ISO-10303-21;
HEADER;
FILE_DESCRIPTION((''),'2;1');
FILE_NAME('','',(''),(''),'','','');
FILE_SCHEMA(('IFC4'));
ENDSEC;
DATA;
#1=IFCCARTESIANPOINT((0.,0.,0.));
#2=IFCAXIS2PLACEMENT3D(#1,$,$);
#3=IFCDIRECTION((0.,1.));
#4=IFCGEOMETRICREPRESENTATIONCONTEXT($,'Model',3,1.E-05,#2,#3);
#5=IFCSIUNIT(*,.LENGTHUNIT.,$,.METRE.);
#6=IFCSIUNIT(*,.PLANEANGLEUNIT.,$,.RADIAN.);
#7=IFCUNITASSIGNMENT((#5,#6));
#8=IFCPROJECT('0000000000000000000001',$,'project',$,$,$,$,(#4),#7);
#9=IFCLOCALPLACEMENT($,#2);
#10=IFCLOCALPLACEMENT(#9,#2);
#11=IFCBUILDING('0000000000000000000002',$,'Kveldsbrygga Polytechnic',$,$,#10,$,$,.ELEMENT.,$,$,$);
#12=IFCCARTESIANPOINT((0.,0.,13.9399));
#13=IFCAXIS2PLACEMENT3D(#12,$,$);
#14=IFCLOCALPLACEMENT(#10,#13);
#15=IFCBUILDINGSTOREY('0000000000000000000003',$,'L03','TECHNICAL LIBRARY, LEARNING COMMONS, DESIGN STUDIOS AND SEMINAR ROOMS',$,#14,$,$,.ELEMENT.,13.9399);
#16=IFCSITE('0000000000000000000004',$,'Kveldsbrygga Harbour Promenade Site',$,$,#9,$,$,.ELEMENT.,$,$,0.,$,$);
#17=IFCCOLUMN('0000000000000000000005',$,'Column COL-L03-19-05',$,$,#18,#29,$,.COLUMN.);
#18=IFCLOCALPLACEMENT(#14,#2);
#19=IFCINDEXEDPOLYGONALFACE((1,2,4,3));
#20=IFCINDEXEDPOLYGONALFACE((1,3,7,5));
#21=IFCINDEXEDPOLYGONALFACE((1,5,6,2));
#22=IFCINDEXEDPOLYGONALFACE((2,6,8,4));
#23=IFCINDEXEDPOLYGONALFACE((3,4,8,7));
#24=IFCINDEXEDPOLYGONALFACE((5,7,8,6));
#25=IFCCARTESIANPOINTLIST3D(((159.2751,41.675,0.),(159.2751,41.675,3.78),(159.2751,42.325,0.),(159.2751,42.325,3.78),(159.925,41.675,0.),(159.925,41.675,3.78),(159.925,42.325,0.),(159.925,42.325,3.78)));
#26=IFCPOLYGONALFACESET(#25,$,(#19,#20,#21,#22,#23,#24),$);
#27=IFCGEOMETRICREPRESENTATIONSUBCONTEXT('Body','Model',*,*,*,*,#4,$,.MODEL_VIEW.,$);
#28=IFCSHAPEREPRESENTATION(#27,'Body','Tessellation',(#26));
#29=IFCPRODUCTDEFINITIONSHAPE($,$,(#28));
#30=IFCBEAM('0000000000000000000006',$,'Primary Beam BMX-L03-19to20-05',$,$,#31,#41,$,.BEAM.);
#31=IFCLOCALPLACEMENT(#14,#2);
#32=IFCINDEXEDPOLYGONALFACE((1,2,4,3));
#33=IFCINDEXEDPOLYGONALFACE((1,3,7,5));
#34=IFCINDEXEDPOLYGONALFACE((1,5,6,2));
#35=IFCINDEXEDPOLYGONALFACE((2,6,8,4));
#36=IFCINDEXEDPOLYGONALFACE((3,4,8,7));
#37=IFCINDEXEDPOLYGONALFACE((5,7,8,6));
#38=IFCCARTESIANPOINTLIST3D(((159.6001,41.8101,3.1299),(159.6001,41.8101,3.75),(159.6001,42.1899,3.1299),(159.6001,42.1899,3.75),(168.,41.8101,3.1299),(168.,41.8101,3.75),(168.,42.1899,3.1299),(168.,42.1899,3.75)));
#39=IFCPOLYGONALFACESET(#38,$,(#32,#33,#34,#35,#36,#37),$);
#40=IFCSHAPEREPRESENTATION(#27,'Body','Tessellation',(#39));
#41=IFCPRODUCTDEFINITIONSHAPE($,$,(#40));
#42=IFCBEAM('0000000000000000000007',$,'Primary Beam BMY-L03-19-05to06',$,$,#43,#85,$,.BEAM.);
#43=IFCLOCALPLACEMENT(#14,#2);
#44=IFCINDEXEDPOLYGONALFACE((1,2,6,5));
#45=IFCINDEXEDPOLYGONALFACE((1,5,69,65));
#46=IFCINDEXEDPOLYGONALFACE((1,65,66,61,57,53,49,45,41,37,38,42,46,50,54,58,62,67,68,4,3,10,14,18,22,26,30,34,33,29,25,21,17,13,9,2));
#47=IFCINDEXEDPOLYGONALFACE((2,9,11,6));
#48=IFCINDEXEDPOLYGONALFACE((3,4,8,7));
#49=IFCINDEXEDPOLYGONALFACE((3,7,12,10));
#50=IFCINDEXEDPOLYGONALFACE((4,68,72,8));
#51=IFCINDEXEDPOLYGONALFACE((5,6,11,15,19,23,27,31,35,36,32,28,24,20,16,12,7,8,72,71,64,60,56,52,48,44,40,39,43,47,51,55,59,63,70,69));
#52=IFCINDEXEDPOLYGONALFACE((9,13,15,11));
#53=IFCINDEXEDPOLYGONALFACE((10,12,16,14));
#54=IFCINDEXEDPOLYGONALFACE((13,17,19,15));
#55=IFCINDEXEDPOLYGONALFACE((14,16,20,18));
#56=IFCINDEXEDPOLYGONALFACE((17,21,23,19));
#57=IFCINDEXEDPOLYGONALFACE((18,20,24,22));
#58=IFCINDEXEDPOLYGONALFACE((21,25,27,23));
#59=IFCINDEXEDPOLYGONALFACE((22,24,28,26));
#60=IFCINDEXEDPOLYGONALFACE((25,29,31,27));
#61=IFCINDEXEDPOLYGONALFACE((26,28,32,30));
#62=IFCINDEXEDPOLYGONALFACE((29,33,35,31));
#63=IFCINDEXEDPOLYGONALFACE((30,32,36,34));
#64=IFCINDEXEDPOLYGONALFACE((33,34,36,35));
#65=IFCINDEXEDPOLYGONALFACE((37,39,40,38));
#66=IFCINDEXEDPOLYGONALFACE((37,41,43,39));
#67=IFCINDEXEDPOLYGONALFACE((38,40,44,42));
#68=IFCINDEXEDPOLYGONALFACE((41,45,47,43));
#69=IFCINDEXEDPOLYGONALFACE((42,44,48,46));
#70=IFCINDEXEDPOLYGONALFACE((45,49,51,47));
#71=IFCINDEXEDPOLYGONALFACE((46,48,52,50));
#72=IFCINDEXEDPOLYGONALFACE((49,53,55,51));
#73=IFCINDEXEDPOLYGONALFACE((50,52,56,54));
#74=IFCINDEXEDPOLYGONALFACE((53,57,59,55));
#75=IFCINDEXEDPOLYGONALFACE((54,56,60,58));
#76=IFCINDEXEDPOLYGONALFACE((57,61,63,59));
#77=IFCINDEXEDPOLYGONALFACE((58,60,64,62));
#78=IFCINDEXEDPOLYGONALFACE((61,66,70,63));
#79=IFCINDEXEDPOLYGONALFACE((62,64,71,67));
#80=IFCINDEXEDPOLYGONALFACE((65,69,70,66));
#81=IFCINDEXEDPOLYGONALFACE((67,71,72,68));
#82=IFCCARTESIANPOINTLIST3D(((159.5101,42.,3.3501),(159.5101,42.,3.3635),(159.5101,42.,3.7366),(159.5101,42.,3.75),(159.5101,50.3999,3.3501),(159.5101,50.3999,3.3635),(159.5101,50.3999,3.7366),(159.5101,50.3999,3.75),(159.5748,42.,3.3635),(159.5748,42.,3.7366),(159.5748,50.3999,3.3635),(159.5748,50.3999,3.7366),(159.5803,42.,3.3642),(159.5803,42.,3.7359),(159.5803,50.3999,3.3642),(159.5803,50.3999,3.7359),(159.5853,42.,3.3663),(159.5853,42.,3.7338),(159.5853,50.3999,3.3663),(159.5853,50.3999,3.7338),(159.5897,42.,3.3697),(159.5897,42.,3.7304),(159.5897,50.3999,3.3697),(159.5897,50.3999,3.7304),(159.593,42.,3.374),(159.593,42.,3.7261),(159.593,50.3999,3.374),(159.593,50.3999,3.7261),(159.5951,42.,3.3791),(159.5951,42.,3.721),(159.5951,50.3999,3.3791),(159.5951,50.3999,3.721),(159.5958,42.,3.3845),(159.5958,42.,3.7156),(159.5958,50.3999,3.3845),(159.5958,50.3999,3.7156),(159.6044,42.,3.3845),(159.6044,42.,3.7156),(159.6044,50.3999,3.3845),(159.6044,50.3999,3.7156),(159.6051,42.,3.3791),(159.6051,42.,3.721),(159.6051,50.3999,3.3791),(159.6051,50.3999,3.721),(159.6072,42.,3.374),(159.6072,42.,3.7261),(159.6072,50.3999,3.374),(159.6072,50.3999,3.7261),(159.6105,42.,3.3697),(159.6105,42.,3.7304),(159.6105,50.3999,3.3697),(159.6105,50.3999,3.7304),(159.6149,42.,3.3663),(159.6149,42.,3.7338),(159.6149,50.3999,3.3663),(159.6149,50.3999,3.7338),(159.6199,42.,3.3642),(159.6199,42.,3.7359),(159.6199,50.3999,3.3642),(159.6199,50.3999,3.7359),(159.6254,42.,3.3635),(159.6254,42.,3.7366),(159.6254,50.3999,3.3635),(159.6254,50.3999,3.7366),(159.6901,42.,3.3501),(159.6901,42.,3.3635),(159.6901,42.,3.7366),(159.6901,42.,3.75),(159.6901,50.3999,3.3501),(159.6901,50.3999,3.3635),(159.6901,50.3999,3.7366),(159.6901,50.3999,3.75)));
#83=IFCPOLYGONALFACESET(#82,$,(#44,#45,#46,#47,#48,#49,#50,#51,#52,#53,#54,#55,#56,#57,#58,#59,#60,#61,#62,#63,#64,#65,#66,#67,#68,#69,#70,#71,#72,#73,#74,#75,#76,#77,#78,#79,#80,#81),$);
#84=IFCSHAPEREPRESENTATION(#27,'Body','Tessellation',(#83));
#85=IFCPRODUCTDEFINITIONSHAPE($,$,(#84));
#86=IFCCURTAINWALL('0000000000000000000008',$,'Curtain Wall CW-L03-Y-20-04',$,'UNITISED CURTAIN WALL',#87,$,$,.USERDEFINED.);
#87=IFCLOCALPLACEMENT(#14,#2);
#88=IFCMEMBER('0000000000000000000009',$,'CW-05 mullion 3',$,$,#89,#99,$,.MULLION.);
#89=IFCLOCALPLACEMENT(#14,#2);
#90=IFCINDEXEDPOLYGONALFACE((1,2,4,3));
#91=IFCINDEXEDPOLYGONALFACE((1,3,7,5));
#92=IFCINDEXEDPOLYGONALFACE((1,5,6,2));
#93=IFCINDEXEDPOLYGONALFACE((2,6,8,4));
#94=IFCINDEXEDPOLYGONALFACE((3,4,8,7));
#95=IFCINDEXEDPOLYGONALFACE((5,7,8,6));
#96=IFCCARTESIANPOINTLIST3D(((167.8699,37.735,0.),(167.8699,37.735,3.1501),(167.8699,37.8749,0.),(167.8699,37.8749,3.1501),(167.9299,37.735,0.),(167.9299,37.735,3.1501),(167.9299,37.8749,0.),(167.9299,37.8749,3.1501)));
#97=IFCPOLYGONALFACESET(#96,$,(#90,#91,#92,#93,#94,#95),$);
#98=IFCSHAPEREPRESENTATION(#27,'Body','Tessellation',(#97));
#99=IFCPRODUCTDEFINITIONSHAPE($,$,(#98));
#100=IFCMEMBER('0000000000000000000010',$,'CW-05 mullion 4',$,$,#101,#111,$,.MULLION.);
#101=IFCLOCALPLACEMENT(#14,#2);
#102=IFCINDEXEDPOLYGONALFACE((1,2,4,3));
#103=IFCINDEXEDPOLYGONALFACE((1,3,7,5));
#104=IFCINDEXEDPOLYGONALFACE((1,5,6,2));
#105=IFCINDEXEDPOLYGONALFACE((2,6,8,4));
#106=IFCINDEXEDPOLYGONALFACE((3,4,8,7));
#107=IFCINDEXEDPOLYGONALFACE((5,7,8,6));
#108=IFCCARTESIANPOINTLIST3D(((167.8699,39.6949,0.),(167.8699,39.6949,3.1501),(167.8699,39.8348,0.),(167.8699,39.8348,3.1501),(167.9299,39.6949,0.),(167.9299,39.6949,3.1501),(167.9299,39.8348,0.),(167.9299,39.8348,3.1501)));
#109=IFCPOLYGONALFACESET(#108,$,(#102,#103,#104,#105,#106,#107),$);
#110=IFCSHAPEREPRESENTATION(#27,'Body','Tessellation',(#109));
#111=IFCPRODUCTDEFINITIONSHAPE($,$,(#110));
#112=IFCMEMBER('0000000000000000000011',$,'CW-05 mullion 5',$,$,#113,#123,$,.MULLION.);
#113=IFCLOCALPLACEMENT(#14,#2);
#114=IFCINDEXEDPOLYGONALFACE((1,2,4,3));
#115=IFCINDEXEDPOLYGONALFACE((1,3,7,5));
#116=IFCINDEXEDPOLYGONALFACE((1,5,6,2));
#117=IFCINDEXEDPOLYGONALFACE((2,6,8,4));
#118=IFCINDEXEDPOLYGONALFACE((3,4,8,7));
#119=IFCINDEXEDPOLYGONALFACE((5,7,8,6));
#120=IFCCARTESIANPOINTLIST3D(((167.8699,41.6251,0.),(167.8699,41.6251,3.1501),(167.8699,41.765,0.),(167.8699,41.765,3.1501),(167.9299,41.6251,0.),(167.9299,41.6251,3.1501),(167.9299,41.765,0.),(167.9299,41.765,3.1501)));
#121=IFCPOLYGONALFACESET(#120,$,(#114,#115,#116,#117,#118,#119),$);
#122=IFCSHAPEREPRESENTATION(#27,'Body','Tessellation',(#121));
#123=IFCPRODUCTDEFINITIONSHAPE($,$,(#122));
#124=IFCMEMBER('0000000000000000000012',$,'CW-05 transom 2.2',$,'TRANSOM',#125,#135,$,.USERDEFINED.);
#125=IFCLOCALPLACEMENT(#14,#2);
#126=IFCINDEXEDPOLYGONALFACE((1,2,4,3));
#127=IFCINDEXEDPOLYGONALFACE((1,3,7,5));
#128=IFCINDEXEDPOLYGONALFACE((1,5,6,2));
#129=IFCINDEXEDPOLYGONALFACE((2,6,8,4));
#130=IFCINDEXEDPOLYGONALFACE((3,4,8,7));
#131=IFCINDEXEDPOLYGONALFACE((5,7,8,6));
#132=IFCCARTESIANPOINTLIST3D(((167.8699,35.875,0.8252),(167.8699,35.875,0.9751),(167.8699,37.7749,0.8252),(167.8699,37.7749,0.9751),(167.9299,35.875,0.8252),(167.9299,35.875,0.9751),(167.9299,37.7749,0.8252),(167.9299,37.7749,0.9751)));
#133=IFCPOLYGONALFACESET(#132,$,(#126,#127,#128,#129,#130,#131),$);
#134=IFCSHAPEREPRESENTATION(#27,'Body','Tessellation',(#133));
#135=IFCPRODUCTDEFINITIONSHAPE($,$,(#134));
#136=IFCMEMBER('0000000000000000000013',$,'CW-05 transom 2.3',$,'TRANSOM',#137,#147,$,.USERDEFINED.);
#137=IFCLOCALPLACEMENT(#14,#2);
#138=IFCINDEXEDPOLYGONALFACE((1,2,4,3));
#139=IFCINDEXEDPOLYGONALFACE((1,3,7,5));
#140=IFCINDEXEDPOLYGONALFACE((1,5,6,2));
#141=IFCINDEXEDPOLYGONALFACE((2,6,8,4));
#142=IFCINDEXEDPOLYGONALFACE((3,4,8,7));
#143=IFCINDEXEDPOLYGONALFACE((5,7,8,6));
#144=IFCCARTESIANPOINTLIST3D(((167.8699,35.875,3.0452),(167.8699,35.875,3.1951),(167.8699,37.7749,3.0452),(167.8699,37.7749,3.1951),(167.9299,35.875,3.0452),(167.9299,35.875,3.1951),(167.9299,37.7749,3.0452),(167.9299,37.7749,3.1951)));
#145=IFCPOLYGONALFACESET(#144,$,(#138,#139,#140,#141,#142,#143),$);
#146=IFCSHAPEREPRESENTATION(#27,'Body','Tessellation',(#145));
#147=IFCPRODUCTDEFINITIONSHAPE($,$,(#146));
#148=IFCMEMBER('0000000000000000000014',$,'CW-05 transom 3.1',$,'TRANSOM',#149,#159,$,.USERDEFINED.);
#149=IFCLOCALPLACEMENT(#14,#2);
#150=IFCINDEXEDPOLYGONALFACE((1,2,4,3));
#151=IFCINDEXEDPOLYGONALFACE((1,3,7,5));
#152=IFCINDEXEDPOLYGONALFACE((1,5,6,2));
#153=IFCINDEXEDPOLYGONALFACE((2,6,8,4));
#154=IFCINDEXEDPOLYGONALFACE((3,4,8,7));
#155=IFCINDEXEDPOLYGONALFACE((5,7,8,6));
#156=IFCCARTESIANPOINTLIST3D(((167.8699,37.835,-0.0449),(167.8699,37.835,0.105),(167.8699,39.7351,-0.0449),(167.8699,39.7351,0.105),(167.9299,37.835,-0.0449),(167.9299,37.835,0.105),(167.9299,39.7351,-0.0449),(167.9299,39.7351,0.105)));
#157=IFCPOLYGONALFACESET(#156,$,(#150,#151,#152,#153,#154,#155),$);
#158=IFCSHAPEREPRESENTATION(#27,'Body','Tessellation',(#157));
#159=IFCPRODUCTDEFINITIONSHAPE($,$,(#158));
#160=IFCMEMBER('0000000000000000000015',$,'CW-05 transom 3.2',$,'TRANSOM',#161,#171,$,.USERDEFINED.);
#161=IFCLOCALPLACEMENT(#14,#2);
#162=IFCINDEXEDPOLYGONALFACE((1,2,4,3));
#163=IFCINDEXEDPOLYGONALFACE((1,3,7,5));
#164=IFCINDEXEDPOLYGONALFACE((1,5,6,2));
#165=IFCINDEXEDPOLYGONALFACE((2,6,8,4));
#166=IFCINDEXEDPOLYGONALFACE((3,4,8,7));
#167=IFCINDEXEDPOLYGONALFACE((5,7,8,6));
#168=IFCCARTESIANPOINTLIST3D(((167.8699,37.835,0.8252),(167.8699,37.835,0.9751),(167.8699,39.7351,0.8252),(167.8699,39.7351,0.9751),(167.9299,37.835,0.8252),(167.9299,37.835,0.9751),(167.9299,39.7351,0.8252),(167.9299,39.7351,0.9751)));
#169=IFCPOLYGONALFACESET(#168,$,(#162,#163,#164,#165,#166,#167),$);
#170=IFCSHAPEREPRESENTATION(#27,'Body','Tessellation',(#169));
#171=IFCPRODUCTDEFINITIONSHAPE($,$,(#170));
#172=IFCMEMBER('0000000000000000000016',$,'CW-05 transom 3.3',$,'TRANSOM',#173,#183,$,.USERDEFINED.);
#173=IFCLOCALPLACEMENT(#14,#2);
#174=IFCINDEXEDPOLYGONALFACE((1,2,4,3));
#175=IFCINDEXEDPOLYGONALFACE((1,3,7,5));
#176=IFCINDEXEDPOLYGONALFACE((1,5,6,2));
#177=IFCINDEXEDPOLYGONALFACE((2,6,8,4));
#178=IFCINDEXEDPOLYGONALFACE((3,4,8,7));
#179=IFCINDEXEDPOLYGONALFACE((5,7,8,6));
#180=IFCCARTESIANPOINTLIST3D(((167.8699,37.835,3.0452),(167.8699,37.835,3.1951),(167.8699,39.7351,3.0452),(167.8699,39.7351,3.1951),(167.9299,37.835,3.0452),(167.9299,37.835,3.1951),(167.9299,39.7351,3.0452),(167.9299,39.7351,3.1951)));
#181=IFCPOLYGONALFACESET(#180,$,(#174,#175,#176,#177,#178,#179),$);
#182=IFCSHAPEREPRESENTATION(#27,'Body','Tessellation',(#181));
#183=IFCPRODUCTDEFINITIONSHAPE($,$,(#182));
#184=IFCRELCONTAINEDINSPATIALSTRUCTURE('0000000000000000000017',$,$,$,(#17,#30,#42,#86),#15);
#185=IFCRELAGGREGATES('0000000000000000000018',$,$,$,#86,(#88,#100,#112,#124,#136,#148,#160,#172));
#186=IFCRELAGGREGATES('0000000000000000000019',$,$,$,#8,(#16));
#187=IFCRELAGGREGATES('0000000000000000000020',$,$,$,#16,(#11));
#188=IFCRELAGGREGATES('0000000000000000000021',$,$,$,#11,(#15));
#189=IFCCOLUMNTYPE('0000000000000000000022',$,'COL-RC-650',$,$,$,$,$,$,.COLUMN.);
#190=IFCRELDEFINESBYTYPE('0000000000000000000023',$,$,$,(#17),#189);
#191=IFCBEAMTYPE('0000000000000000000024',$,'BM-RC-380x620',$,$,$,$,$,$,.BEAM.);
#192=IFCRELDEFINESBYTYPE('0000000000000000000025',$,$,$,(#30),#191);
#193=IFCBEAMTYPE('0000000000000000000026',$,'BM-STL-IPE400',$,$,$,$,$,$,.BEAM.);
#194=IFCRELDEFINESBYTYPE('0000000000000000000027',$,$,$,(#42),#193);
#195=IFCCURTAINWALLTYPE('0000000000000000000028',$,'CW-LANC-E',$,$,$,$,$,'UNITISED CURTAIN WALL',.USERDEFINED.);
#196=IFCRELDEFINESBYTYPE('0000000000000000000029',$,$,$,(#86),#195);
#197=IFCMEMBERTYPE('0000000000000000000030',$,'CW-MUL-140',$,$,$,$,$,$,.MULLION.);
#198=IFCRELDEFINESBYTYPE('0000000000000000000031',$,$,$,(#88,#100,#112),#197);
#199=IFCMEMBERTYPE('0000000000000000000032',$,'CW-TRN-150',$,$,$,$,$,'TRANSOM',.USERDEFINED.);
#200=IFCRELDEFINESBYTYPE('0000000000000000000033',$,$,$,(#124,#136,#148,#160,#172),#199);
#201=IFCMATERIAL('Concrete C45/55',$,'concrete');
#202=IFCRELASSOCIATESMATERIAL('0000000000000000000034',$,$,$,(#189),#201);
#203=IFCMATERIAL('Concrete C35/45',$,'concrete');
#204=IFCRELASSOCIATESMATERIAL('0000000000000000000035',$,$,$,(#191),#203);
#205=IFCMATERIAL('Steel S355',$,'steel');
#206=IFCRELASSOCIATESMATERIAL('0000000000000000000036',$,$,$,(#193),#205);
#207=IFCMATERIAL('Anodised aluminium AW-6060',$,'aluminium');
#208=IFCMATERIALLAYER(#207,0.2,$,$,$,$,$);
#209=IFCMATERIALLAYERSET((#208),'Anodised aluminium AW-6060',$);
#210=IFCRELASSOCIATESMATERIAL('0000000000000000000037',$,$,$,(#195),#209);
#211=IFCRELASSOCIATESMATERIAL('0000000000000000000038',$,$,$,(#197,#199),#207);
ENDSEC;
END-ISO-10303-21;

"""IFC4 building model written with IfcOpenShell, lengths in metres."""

from ifc_helpers import new_model, si_unit, direction, frame, origin, origin_2d, place, context, subcontext, project, spatial, rectangle, i_section, extrude, material, layer, layer_set, material_profile, profile_set, type_object, element, aggregate, save


model = new_model("IFC4")

# Units and contexts
model_context = context("Model", 3, precision=1e-05, world=origin(), true_north=direction((0.0, 1.0)))
body_context = subcontext(model_context, "Body", "Model", "MODEL_VIEW")
ifc_project = project(units=[si_unit("LENGTHUNIT", "METRE"), si_unit("PLANEANGLEUNIT", "RADIAN")], contexts=[model_context])

# Site, building, storey
site_placement = place(None, origin())
site = spatial("IfcSite", under=ifc_project, at=site_placement, Name="Kveldsbrygga Harbour Promenade Site", CompositionType="ELEMENT", RefElevation=0.0)
building_placement = place(site_placement, origin())
building = spatial("IfcBuilding", under=site, at=building_placement, Name="Kveldsbrygga Polytechnic", CompositionType="ELEMENT")
storey_placement = place(building_placement, frame((0.0, 0.0, 13.9399)))
storey = spatial("IfcBuildingStorey", under=building, at=storey_placement, Name="L03", Description="TECHNICAL LIBRARY, LEARNING COMMONS, DESIGN STUDIOS AND SEMINAR ROOMS", CompositionType="ELEMENT", Elevation=13.9399)

# Column
ifc_material_1 = material(Name="Concrete C45/55", Category="concrete")
ifc_material_profile_1 = material_profile(ifc_material_1, rectangle(XDim=0.6499, YDim=0.6499, at=origin_2d()), Name="RC 650x650")
ifc_profile_set_1 = profile_set([ifc_material_profile_1], Name="Concrete C45/55")
column_type = type_object("IfcColumnType", Name="COL-RC-650", PredefinedType="COLUMN", material=ifc_profile_set_1)
column_placement = place(storey_placement, frame((159.6001, 42.0, 0.0), z_axis=(0.0, 0.0, 1.0), x_axis=(1.0, 0.0, 0.0)))
element("IfcColumn", 1, at=column_placement, inside=storey, type_object=column_type, Name="Column COL-L03-19-05", PredefinedType="COLUMN", context=body_context, shape_type="SweptSolid", body=[
    extrude(rectangle(XDim=0.6499, YDim=0.6499, at=origin_2d()), origin(), (0.0, 0.0, 1.0), 3.78),
])

# Beams
ifc_material_2 = material(Name="Concrete C35/45", Category="concrete")
ifc_material_profile_2 = material_profile(ifc_material_2, rectangle(XDim=0.3799, YDim=0.6201, at=origin_2d()), Name="RC 380x620")
ifc_profile_set_2 = profile_set([ifc_material_profile_2], Name="Concrete C35/45")
beam_type_1 = type_object("IfcBeamType", Name="BM-RC-380x620", PredefinedType="BEAM", material=ifc_profile_set_2)
beam_1_placement = place(storey_placement, frame((159.6001, 42.0, 3.4399), z_axis=(1.0, 0.0, 0.0), x_axis=(0.0, 1.0, 0.0)))
element("IfcBeam", 2, at=beam_1_placement, inside=storey, type_object=beam_type_1, Name="Primary Beam BMX-L03-19to20-05", PredefinedType="BEAM", context=body_context, shape_type="SweptSolid", body=[
    extrude(rectangle(XDim=0.3799, YDim=0.6201, at=origin_2d()), origin(), (0.0, 0.0, 1.0), 8.3999),
])
ifc_material_3 = material(Name="Steel S355", Category="steel")
ifc_material_profile_3 = material_profile(ifc_material_3, i_section(OverallWidth=0.1799, OverallDepth=0.3999, WebThickness=0.0085, FlangeThickness=0.0134, FilletRadius=0.021, at=origin_2d()), Name="IPE 400")
ifc_profile_set_3 = profile_set([ifc_material_profile_3], Name="Steel S355")
beam_type_2 = type_object("IfcBeamType", Name="BM-STL-IPE400", PredefinedType="BEAM", material=ifc_profile_set_3)
beam_2_placement = place(storey_placement, frame((159.6001, 42.0, 3.55), z_axis=(0.0, 1.0, 0.0), x_axis=(-1.0, 0.0, 0.0)))
element("IfcBeam", 3, at=beam_2_placement, inside=storey, type_object=beam_type_2, Name="Primary Beam BMY-L03-19-05to06", PredefinedType="BEAM", context=body_context, shape_type="SweptSolid", body=[
    extrude(i_section(OverallWidth=0.1799, OverallDepth=0.3999, WebThickness=0.0085, FlangeThickness=0.0134, FilletRadius=0.021, at=origin_2d()), origin(), (0.0, 0.0, 1.0), 8.3999),
])

# Curtain wall, members
ifc_material_4 = material(Name="Anodised aluminium AW-6060", Category="aluminium")
ifc_layer_1 = layer(ifc_material_4, 0.2)
ifc_layer_set_1 = layer_set([ifc_layer_1], Name="Anodised aluminium AW-6060")
curtain_wall_type = type_object("IfcCurtainWallType", Name="CW-LANC-E", ElementType="UNITISED CURTAIN WALL", PredefinedType="USERDEFINED", material=ifc_layer_set_1)
curtain_wall_placement = place(storey_placement, origin())
curtain_wall = element("IfcCurtainWall", 4, at=curtain_wall_placement, inside=storey, type_object=curtain_wall_type, Name="Curtain Wall CW-L03-Y-20-04", ObjectType="UNITISED CURTAIN WALL", PredefinedType="USERDEFINED")
ifc_material_profile_4 = material_profile(ifc_material_4, rectangle(XDim=0.0601, YDim=0.1399, at=origin_2d()), Name="ALU 60x140")
ifc_profile_set_4 = profile_set([ifc_material_profile_4], Name="Anodised aluminium AW-6060")
member_type_1 = type_object("IfcMemberType", Name="CW-MUL-140", PredefinedType="MULLION", material=ifc_profile_set_4)
member_1_placement = place(storey_placement, frame((167.8999, 37.8049, 0.0), z_axis=(0.0, 0.0, 1.0), x_axis=(-1.0, 0.0, 0.0)))
member_1 = element("IfcMember", 5, at=member_1_placement, type_object=member_type_1, Name="CW-05 mullion 3", PredefinedType="MULLION", context=body_context, shape_type="SweptSolid", body=[
    extrude(rectangle(XDim=0.0601, YDim=0.1399, at=origin_2d()), origin(), (0.0, 0.0, 1.0), 3.1501),
])
member_2_placement = place(storey_placement, frame((167.8999, 39.7649, 0.0), z_axis=(0.0, 0.0, 1.0), x_axis=(-1.0, 0.0, 0.0)))
member_2 = element("IfcMember", 6, at=member_2_placement, type_object=member_type_1, Name="CW-05 mullion 4", PredefinedType="MULLION", context=body_context, shape_type="SweptSolid", body=[
    extrude(rectangle(XDim=0.0601, YDim=0.1399, at=origin_2d()), origin(), (0.0, 0.0, 1.0), 3.1501),
])
member_3_placement = place(storey_placement, frame((167.8999, 41.6951, 0.0), z_axis=(0.0, 0.0, 1.0), x_axis=(-1.0, 0.0, 0.0)))
member_3 = element("IfcMember", 7, at=member_3_placement, type_object=member_type_1, Name="CW-05 mullion 5", PredefinedType="MULLION", context=body_context, shape_type="SweptSolid", body=[
    extrude(rectangle(XDim=0.0601, YDim=0.1399, at=origin_2d()), origin(), (0.0, 0.0, 1.0), 3.1501),
])
ifc_material_profile_5 = material_profile(ifc_material_4, rectangle(XDim=0.0601, YDim=0.1499, at=origin_2d()), Name="ALU 60x150")
ifc_profile_set_5 = profile_set([ifc_material_profile_5], Name="Anodised aluminium AW-6060")
member_type_2 = type_object("IfcMemberType", Name="CW-TRN-150", ElementType="TRANSOM", PredefinedType="USERDEFINED", material=ifc_profile_set_5)
member_4_placement = place(storey_placement, frame((167.8999, 35.875, 0.9001), z_axis=(0.0, 1.0, 0.0), x_axis=(-1.0, 0.0, 0.0)))
member_4 = element("IfcMember", 8, at=member_4_placement, type_object=member_type_2, Name="CW-05 transom 2.2", ObjectType="TRANSOM", PredefinedType="USERDEFINED", context=body_context, shape_type="SweptSolid", body=[
    extrude(rectangle(XDim=0.0601, YDim=0.1499, at=origin_2d()), origin(), (0.0, 0.0, 1.0), 1.8999),
])
member_5_placement = place(storey_placement, frame((167.8999, 35.875, 3.1201), z_axis=(0.0, 1.0, 0.0), x_axis=(-1.0, 0.0, 0.0)))
member_5 = element("IfcMember", 9, at=member_5_placement, type_object=member_type_2, Name="CW-05 transom 2.3", ObjectType="TRANSOM", PredefinedType="USERDEFINED", context=body_context, shape_type="SweptSolid", body=[
    extrude(rectangle(XDim=0.0601, YDim=0.1499, at=origin_2d()), origin(), (0.0, 0.0, 1.0), 1.8999),
])
member_6_placement = place(storey_placement, frame((167.8999, 37.835, 0.03), z_axis=(0.0, 1.0, 0.0), x_axis=(-1.0, 0.0, 0.0)))
member_6 = element("IfcMember", 10, at=member_6_placement, type_object=member_type_2, Name="CW-05 transom 3.1", ObjectType="TRANSOM", PredefinedType="USERDEFINED", context=body_context, shape_type="SweptSolid", body=[
    extrude(rectangle(XDim=0.0601, YDim=0.1499, at=origin_2d()), origin(), (0.0, 0.0, 1.0), 1.9001),
])
member_7_placement = place(storey_placement, frame((167.8999, 37.835, 0.9001), z_axis=(0.0, 1.0, 0.0), x_axis=(-1.0, 0.0, 0.0)))
member_7 = element("IfcMember", 11, at=member_7_placement, type_object=member_type_2, Name="CW-05 transom 3.2", ObjectType="TRANSOM", PredefinedType="USERDEFINED", context=body_context, shape_type="SweptSolid", body=[
    extrude(rectangle(XDim=0.0601, YDim=0.1499, at=origin_2d()), origin(), (0.0, 0.0, 1.0), 1.9001),
])
member_8_placement = place(storey_placement, frame((167.8999, 37.835, 3.1201), z_axis=(0.0, 1.0, 0.0), x_axis=(-1.0, 0.0, 0.0)))
member_8 = element("IfcMember", 12, at=member_8_placement, type_object=member_type_2, Name="CW-05 transom 3.3", ObjectType="TRANSOM", PredefinedType="USERDEFINED", context=body_context, shape_type="SweptSolid", body=[
    extrude(rectangle(XDim=0.0601, YDim=0.1499, at=origin_2d()), origin(), (0.0, 0.0, 1.0), 1.9001),
])

aggregate(curtain_wall, [member_1, member_2, member_3, member_4, member_5, member_6, member_7, member_8])

save(model, "model.ifc")
